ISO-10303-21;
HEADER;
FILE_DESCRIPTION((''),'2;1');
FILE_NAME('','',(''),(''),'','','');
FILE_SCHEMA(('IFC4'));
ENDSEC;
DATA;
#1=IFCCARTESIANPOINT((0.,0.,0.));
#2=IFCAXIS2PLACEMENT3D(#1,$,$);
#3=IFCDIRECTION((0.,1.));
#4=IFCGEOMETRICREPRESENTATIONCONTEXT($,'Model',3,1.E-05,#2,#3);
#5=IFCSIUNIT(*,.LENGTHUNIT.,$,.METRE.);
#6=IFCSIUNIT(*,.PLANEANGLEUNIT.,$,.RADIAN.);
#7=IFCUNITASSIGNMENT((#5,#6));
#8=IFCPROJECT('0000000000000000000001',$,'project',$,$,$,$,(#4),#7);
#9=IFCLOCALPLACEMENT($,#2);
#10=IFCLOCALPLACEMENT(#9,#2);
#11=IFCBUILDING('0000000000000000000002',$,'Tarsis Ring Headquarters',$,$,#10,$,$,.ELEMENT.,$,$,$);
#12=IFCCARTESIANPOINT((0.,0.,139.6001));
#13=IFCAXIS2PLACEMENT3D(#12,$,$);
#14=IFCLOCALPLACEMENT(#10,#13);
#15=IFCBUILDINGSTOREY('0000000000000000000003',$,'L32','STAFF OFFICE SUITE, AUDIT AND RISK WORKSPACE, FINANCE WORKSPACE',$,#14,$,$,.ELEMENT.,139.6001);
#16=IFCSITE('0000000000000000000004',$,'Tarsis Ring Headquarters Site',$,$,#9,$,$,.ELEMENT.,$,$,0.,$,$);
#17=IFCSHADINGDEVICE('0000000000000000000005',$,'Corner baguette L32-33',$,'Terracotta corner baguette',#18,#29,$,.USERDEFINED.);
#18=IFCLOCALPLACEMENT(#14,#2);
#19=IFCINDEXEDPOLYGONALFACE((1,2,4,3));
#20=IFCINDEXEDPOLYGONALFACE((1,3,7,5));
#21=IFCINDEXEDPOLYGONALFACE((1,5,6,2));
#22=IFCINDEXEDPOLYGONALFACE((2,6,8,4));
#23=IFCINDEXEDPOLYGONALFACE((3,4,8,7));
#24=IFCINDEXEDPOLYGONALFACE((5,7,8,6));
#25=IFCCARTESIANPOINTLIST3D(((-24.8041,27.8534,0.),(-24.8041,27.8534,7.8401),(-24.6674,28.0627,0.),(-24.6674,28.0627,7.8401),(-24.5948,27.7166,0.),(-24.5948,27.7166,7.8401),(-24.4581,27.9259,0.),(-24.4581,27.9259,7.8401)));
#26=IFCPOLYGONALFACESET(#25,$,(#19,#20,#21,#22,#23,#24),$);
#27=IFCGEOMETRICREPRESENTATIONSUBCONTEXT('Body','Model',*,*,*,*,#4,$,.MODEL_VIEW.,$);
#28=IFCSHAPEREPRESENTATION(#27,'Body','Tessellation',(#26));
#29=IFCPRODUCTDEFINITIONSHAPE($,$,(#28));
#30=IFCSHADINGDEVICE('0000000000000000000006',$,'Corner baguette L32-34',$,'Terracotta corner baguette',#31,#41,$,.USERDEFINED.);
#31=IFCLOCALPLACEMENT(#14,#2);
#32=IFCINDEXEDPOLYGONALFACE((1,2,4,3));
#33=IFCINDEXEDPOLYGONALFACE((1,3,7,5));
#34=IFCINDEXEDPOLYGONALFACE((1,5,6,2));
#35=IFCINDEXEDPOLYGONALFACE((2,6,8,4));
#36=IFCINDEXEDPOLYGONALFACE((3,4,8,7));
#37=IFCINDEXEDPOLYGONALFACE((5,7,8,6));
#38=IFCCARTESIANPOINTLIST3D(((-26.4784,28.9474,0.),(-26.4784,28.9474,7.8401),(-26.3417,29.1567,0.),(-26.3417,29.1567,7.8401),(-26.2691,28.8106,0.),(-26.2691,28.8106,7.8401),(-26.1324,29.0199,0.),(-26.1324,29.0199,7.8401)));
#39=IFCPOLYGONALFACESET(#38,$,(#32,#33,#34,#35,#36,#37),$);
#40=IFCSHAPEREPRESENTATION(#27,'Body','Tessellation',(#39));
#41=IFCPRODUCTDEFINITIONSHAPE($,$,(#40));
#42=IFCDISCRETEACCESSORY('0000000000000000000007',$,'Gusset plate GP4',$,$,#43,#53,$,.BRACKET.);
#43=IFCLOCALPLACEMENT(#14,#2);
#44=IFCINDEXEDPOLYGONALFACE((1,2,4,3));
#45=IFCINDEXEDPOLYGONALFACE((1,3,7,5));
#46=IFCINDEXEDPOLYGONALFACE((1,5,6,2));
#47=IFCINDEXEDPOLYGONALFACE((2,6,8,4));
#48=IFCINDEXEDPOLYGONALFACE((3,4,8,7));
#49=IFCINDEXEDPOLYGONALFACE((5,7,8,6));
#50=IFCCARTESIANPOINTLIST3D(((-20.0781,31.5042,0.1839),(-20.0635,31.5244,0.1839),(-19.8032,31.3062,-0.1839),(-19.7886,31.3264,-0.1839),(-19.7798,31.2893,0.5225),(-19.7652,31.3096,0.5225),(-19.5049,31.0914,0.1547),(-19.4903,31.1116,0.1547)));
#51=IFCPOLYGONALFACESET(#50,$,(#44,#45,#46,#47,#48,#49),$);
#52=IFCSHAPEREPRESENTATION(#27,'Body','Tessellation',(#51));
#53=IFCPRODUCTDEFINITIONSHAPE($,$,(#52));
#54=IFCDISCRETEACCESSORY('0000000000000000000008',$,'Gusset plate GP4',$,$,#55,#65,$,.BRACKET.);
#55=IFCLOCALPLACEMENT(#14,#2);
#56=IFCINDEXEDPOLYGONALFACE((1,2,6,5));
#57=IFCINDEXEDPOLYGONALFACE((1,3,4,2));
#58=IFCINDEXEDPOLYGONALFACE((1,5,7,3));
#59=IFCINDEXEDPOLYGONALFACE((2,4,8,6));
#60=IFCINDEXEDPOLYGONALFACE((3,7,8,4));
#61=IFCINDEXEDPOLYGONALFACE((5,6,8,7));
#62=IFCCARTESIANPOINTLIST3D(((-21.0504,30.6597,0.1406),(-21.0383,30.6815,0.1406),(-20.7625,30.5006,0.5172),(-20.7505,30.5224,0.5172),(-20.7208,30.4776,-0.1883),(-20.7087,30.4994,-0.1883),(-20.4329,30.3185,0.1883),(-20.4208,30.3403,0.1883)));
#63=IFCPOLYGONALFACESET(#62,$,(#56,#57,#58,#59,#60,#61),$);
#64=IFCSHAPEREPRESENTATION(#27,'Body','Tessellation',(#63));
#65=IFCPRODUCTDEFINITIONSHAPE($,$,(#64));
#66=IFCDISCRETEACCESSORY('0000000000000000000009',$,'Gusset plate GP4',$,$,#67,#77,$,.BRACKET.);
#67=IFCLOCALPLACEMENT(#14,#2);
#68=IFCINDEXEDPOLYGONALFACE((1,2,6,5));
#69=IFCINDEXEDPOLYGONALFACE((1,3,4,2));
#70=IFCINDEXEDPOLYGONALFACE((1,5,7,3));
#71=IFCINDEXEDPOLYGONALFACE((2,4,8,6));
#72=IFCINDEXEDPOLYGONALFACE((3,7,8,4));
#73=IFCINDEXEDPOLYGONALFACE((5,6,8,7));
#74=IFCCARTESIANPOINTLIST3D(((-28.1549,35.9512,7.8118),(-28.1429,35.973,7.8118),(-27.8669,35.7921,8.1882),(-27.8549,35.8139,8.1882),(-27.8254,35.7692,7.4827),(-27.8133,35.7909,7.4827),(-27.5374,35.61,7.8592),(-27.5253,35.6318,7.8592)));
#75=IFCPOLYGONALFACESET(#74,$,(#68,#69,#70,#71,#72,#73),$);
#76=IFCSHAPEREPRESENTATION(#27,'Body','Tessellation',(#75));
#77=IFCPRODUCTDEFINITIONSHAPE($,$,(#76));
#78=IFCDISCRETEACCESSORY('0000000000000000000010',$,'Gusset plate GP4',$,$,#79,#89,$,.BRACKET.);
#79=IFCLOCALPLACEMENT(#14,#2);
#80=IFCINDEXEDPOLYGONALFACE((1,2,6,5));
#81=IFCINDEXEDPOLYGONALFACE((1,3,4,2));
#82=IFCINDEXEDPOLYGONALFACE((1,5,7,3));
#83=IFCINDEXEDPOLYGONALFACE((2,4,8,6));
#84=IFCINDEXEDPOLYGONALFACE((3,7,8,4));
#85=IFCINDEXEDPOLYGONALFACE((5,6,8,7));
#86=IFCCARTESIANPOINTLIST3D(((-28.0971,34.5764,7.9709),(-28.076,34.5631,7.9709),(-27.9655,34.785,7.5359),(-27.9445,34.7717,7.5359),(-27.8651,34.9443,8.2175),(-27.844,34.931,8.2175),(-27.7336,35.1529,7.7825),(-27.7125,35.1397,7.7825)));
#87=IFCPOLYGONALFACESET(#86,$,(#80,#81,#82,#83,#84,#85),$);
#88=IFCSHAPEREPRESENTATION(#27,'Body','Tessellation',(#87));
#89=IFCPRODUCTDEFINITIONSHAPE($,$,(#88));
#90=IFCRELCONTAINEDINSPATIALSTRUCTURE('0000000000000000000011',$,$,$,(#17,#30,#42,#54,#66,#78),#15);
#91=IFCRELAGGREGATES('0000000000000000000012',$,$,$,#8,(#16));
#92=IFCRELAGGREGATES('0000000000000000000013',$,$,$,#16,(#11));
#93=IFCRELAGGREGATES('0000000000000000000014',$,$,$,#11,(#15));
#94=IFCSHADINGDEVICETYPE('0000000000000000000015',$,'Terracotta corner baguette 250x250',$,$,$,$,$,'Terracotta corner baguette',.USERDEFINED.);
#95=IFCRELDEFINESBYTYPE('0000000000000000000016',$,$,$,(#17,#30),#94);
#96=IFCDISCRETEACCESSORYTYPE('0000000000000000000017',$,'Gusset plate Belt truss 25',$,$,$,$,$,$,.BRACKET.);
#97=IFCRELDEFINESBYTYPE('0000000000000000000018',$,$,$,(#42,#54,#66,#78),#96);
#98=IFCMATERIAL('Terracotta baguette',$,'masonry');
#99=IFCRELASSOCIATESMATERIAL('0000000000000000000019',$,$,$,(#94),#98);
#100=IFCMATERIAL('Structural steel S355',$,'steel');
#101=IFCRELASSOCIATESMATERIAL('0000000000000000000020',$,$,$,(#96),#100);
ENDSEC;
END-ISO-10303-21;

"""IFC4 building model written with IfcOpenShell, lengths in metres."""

from ifc_helpers import new_model, si_unit, direction, frame, origin, origin_2d, place, context, subcontext, project, spatial, rectangle, extrude, material, material_profile, profile_set, type_object, element, save


model = new_model("IFC4")

# Units and contexts
model_context = context("Model", 3, precision=1e-05, world=origin(), true_north=direction((0.0, 1.0)))
body_context = subcontext(model_context, "Body", "Model", "MODEL_VIEW")
ifc_project = project(units=[si_unit("LENGTHUNIT", "METRE"), si_unit("PLANEANGLEUNIT", "RADIAN")], contexts=[model_context])

# Site, building, storey
site_placement = place(None, origin())
site = spatial("IfcSite", under=ifc_project, at=site_placement, Name="Tarsis Ring Headquarters Site", CompositionType="ELEMENT", RefElevation=0.0)
building_placement = place(site_placement, origin())
building = spatial("IfcBuilding", under=site, at=building_placement, Name="Tarsis Ring Headquarters", CompositionType="ELEMENT")
storey_placement = place(building_placement, frame((0.0, 0.0, 139.6001)))
storey = spatial("IfcBuildingStorey", under=building, at=storey_placement, Name="L32", Description="STAFF OFFICE SUITE, AUDIT AND RISK WORKSPACE, FINANCE WORKSPACE", CompositionType="ELEMENT", Elevation=139.6001)

# Shared definitions
ifc_material_1 = material(Name="Structural steel S355", Category="steel")

# Shading devices
ifc_material_2 = material(Name="Terracotta baguette", Category="masonry")
shading_device_type_1 = type_object("IfcShadingDeviceType", Name="Terracotta corner baguette 250x250", ElementType="Terracotta corner baguette", PredefinedType="USERDEFINED", material=ifc_material_2)
for number, where, z_axis, x_axis, name in (
    (1, (-24.6311, 27.8896, 0.0), (0.0, 0.0, 1.0), (-0.546979, -0.837146, 0.0), "Corner baguette L32-33"),
    (2, (-26.3054, 28.9836, 0.0), (0.0, 0.0, 1.0), (-0.837147, 0.546979, 0.0), "Corner baguette L32-34"),
):
    element("IfcShadingDevice", number, at=place(storey_placement, frame(where, z_axis=z_axis, x_axis=x_axis)), inside=storey, type_object=shading_device_type_1, Name=name, ObjectType="Terracotta corner baguette", PredefinedType="USERDEFINED", context=body_context, shape_type="SweptSolid", body=[
        extrude(rectangle(XDim=0.25, YDim=0.25, at=origin_2d()), origin(), (0.0, 0.0, 1.0), 7.8401),
    ])

# Discrete accessories
ifc_material_profile_1 = material_profile(ifc_material_1, rectangle(XDim=0.0249, YDim=0.5, at=origin_2d()), Name="PL 25x500")
ifc_profile_set_1 = profile_set([ifc_material_profile_1], Name="Structural steel S355")
discrete_accessory_type = type_object("IfcDiscreteAccessoryType", Name="Gusset plate Belt truss 25", PredefinedType="BRACKET", material=ifc_profile_set_1)
discrete_accessory_placement = place(storey_placement, frame((-19.9333, 31.4153, 0.0), z_axis=(0.596883, -0.429834, 0.677476), x_axis=(0.584375, 0.811484, 0.0)))
element("IfcDiscreteAccessory", 3, at=discrete_accessory_placement, inside=storey, type_object=discrete_accessory_type, Name="Gusset plate GP4", PredefinedType="BRACKET", context=body_context, shape_type="SweptSolid", body=[
    extrude(rectangle(XDim=0.0249, YDim=0.5, at=origin_2d()), origin(), (0.0, 0.0, 1.0), 0.4998),
])
for number, where, z_axis, x_axis, name in (
    (4, (-20.5708, 30.4089, 0.0), (-0.659249, 0.364296, 0.657784), (-0.48366, -0.875256, 0.0), "Gusset plate GP4"),
    (5, (-28.0049, 35.8826, 8.0), (0.659037, -0.364179, -0.658061), (0.48366, 0.875256, 0.0), "Gusset plate GP4"),
    (6, (-27.7888, 35.042, 8.0), (-0.463903, -0.735897, -0.493203), (0.845942, -0.533275, 0.0), "Gusset plate GP4"),
):
    element("IfcDiscreteAccessory", number, at=place(storey_placement, frame(where, z_axis=z_axis, x_axis=x_axis)), inside=storey, type_object=discrete_accessory_type, Name=name, PredefinedType="BRACKET", context=body_context, shape_type="SweptSolid", body=[
        extrude(rectangle(XDim=0.0249, YDim=0.5, at=origin_2d()), origin(), (0.0, 0.0, 1.0), 0.5),
    ])

save(model, "model.ifc")
